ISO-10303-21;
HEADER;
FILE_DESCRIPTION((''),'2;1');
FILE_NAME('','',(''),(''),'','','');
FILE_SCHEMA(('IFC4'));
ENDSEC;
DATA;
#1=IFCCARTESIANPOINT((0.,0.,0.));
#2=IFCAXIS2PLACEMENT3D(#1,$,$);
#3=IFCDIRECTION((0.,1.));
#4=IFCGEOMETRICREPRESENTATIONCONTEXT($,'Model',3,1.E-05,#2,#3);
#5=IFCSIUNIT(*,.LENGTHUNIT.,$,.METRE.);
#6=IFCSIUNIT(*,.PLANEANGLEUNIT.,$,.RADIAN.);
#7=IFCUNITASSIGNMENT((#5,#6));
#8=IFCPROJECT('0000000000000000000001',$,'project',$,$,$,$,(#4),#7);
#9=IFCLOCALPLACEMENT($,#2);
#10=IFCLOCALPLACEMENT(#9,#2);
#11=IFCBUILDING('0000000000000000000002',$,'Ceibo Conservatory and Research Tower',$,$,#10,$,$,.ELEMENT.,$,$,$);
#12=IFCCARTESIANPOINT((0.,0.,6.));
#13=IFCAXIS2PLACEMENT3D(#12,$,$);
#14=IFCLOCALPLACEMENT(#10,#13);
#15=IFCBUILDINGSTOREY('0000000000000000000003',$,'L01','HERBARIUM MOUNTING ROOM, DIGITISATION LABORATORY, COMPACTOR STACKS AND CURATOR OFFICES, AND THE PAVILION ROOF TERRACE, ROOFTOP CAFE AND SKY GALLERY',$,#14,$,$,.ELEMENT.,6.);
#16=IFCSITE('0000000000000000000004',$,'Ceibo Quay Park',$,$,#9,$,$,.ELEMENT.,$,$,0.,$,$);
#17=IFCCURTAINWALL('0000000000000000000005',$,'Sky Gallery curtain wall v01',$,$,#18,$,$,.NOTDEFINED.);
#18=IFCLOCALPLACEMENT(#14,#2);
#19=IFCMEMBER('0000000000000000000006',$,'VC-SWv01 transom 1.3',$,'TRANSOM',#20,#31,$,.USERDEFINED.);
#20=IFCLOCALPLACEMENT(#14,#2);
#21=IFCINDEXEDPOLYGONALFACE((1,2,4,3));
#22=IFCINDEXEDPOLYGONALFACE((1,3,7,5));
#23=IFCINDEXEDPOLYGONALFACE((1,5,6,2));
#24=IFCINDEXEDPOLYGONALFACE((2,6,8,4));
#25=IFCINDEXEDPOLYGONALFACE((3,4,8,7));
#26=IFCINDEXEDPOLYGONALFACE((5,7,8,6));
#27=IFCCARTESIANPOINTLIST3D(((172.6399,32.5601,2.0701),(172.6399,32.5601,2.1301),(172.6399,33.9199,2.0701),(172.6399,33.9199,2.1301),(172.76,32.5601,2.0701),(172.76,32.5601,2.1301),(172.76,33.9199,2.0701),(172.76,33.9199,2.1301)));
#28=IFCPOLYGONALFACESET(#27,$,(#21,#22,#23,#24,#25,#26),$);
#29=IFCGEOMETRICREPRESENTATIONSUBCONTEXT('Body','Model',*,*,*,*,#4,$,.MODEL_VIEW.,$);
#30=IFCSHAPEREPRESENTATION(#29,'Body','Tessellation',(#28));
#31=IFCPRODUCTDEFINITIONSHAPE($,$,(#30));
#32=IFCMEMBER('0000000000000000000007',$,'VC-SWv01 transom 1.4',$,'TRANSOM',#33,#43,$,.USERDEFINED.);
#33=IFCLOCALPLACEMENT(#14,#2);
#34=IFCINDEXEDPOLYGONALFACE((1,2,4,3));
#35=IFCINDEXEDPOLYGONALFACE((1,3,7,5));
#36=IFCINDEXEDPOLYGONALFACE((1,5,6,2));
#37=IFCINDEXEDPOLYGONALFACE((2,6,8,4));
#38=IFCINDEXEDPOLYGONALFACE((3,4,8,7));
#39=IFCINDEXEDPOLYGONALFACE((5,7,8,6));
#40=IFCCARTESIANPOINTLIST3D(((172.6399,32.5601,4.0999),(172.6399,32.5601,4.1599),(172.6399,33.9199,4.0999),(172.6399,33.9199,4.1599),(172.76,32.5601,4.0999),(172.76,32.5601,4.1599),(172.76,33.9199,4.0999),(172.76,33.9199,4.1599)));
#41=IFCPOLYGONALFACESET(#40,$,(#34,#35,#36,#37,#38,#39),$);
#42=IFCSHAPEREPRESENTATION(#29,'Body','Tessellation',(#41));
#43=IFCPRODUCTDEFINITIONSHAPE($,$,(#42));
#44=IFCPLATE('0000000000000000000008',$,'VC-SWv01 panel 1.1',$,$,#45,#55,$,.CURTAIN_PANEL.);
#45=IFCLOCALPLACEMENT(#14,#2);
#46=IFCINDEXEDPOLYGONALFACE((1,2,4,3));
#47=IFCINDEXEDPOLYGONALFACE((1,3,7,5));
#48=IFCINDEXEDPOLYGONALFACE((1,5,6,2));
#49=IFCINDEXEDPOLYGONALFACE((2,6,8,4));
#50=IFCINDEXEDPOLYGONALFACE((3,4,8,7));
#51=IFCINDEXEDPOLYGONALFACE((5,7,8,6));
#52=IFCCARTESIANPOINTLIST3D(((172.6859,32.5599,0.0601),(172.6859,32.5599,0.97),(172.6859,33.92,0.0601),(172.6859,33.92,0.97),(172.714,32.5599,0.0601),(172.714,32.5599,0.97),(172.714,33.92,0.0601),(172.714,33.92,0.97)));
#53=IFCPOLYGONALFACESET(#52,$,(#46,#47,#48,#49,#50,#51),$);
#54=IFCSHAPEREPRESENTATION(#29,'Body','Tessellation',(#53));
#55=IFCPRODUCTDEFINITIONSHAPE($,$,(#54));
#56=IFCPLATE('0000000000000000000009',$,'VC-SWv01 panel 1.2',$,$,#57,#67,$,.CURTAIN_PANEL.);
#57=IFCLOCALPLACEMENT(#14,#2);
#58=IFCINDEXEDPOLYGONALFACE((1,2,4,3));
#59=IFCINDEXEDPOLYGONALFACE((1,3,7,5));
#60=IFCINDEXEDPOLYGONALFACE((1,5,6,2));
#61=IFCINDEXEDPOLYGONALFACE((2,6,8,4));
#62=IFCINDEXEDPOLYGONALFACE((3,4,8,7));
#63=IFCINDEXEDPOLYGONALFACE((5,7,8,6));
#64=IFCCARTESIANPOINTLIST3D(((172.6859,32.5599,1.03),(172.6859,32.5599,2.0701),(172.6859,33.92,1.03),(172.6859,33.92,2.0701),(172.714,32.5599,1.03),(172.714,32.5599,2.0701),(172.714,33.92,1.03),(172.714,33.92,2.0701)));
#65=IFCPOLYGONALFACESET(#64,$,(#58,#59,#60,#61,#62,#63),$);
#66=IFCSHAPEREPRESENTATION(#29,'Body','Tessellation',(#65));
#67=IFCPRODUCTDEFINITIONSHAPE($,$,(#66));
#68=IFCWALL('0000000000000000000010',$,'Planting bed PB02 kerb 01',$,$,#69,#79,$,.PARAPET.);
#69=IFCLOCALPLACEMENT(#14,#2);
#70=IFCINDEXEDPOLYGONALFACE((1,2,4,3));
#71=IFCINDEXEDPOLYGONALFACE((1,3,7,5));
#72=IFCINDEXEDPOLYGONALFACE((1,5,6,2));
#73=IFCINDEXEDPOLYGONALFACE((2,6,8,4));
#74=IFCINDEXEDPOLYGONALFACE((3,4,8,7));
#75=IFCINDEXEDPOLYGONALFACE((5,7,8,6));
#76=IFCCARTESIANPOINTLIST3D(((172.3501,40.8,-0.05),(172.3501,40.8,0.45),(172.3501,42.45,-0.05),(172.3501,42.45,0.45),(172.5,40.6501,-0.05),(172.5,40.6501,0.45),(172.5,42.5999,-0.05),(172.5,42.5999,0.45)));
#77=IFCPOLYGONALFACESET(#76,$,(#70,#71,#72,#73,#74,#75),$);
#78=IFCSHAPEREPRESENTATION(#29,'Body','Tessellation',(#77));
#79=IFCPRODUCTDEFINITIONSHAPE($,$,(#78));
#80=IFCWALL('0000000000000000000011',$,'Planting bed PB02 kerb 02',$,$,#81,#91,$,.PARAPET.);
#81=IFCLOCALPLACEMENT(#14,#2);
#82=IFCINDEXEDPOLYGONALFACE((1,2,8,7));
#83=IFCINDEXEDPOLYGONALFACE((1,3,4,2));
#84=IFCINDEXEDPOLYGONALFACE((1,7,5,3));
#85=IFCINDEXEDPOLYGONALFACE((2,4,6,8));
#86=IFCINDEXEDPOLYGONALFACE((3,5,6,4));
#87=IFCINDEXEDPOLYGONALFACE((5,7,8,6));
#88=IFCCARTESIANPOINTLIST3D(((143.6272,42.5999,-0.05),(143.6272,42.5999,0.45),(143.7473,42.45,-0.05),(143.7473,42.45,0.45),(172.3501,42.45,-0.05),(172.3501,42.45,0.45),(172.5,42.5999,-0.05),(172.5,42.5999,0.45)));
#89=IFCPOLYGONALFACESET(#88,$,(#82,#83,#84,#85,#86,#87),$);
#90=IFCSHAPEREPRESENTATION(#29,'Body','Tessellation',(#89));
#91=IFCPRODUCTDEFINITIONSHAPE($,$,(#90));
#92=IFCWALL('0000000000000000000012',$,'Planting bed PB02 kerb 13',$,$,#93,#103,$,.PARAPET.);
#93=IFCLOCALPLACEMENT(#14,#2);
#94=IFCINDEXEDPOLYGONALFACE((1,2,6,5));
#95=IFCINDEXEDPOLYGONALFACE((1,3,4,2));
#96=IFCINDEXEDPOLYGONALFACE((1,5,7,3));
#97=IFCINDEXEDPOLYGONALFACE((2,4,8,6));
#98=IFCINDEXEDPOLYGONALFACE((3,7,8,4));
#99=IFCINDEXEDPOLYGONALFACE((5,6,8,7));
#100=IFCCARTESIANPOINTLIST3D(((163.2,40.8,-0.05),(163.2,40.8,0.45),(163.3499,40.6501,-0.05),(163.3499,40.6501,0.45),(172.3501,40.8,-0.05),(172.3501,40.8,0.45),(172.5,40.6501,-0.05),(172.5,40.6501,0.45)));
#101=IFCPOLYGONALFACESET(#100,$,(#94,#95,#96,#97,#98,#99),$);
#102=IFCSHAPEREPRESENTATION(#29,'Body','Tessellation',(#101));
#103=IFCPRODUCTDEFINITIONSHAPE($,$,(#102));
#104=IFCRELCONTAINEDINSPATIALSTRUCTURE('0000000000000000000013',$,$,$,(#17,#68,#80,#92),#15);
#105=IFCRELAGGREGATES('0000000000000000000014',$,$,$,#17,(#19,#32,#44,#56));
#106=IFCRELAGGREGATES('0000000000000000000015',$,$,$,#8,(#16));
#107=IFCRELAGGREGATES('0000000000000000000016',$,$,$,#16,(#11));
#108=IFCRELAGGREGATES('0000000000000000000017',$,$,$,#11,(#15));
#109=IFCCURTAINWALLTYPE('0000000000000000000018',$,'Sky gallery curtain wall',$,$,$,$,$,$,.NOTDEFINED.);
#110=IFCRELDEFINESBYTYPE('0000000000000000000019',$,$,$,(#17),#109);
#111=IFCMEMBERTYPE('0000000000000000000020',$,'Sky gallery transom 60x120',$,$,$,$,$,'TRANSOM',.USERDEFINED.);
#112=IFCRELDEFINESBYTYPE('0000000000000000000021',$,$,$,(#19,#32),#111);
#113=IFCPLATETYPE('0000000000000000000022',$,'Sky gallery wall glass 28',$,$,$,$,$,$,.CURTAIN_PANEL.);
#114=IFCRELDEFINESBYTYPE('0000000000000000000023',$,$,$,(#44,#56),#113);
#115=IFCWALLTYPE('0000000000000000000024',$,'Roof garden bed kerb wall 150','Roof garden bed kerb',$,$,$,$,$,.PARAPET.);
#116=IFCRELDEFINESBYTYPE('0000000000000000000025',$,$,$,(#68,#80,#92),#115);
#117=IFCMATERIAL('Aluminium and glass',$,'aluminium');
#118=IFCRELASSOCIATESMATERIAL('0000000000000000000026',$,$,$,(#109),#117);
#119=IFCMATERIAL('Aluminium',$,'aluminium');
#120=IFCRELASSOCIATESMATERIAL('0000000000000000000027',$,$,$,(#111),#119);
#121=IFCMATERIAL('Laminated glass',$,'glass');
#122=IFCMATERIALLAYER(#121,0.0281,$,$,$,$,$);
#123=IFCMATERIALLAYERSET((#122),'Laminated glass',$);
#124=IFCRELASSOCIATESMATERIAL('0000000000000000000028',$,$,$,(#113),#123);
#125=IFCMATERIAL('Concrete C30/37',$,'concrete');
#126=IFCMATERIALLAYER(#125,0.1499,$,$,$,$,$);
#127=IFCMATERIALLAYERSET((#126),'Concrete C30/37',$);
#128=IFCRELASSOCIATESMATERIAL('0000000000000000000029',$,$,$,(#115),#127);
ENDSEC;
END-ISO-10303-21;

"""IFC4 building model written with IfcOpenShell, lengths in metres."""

from ifc_helpers import new_model, si_unit, direction, frame, origin, origin_2d, place, context, subcontext, project, spatial, polyline, rectangle, outline, extrude, material, layer, layer_set, material_profile, profile_set, type_object, element, aggregate, save


model = new_model("IFC4")

# Units and contexts
model_context = context("Model", 3, precision=1e-05, world=origin(), true_north=direction((0.0, 1.0)))
body_context = subcontext(model_context, "Body", "Model", "MODEL_VIEW")
ifc_project = project(units=[si_unit("LENGTHUNIT", "METRE"), si_unit("PLANEANGLEUNIT", "RADIAN")], contexts=[model_context])

# Site, building, storey
site_placement = place(None, origin())
site = spatial("IfcSite", under=ifc_project, at=site_placement, Name="Ceibo Quay Park", CompositionType="ELEMENT", RefElevation=0.0)
building_placement = place(site_placement, origin())
building = spatial("IfcBuilding", under=site, at=building_placement, Name="Ceibo Conservatory and Research Tower", CompositionType="ELEMENT")
storey_placement = place(building_placement, frame((0.0, 0.0, 6.0)))
storey = spatial("IfcBuildingStorey", under=building, at=storey_placement, Name="L01", Description="HERBARIUM MOUNTING ROOM, DIGITISATION LABORATORY, COMPACTOR STACKS AND CURATOR OFFICES, AND THE PAVILION ROOF TERRACE, ROOFTOP CAFE AND SKY GALLERY", CompositionType="ELEMENT", Elevation=6.0)

# Curtain wall, members, plates
ifc_material_1 = material(Name="Aluminium and glass", Category="aluminium")
curtain_wall_type = type_object("IfcCurtainWallType", Name="Sky gallery curtain wall", PredefinedType="NOTDEFINED", material=ifc_material_1)
curtain_wall_placement = place(storey_placement, origin())
curtain_wall = element("IfcCurtainWall", 1, at=curtain_wall_placement, inside=storey, type_object=curtain_wall_type, Name="Sky Gallery curtain wall v01", PredefinedType="NOTDEFINED")
ifc_material_2 = material(Name="Aluminium", Category="aluminium")
ifc_material_profile_1 = material_profile(ifc_material_2, rectangle(XDim=0.1201, YDim=0.0601, at=origin_2d()), Name="AL 60x120")
ifc_profile_set_1 = profile_set([ifc_material_profile_1], Name="Aluminium")
member_type_1 = type_object("IfcMemberType", Name="Sky gallery transom 60x120", ElementType="TRANSOM", PredefinedType="USERDEFINED", material=ifc_profile_set_1)
member_1_placement = place(storey_placement, frame((172.7, 32.5601, 2.1001), z_axis=(0.0, 1.0, 0.0), x_axis=(-1.0, 0.0, 0.0)))
member_1 = element("IfcMember", 2, at=member_1_placement, type_object=member_type_1, Name="VC-SWv01 transom 1.3", ObjectType="TRANSOM", PredefinedType="USERDEFINED", context=body_context, shape_type="SweptSolid", body=[
    extrude(rectangle(XDim=0.1201, YDim=0.0601, at=origin_2d()), origin(), (0.0, 0.0, 1.0), 1.3599),
])
member_2_placement = place(storey_placement, frame((172.7, 32.5601, 4.1299), z_axis=(0.0, 1.0, 0.0), x_axis=(-1.0, 0.0, 0.0)))
member_2 = element("IfcMember", 3, at=member_2_placement, type_object=member_type_1, Name="VC-SWv01 transom 1.4", ObjectType="TRANSOM", PredefinedType="USERDEFINED", context=body_context, shape_type="SweptSolid", body=[
    extrude(rectangle(XDim=0.1201, YDim=0.0601, at=origin_2d()), origin(), (0.0, 0.0, 1.0), 1.3599),
])
ifc_material_3 = material(Name="Laminated glass", Category="glass")
ifc_layer_1 = layer(ifc_material_3, 0.0281)
ifc_layer_set_1 = layer_set([ifc_layer_1], Name="Laminated glass")
plate_type = type_object("IfcPlateType", Name="Sky gallery wall glass 28", PredefinedType="CURTAIN_PANEL", material=ifc_layer_set_1)
plate_1_placement = place(storey_placement, frame((172.7, 33.24, 0.0601), z_axis=(0.0, 0.0, 1.0), x_axis=(0.0, 1.0, 0.0)))
plate_1 = element("IfcPlate", 4, at=plate_1_placement, type_object=plate_type, Name="VC-SWv01 panel 1.1", PredefinedType="CURTAIN_PANEL", context=body_context, shape_type="SweptSolid", body=[
    extrude(rectangle(XDim=1.3601, YDim=0.0281, at=origin_2d()), origin(), (0.0, 0.0, 1.0), 0.9099),
])
plate_2_placement = place(storey_placement, frame((172.7, 33.24, 1.03), z_axis=(0.0, 0.0, 1.0), x_axis=(0.0, 1.0, 0.0)))
plate_2 = element("IfcPlate", 5, at=plate_2_placement, type_object=plate_type, Name="VC-SWv01 panel 1.2", PredefinedType="CURTAIN_PANEL", context=body_context, shape_type="SweptSolid", body=[
    extrude(rectangle(XDim=1.3601, YDim=0.0281, at=origin_2d()), origin(), (0.0, 0.0, 1.0), 1.04),
])
aggregate(curtain_wall, [member_1, member_2, plate_1, plate_2])

# Walls
ifc_material_4 = material(Name="Concrete C30/37", Category="concrete")
ifc_layer_2 = layer(ifc_material_4, 0.1499)
ifc_layer_set_2 = layer_set([ifc_layer_2], Name="Concrete C30/37")
wall_type = type_object("IfcWallType", Name="Roof garden bed kerb wall 150", Description="Roof garden bed kerb", PredefinedType="PARAPET", material=ifc_layer_set_2)
wall_1_placement = place(storey_placement, frame((172.425, 40.7251, -0.05), z_axis=(0.0, 0.0, 1.0), x_axis=(0.0, 1.0, 0.0)))
element("IfcWall", 6, at=wall_1_placement, inside=storey, type_object=wall_type, Name="Planting bed PB02 kerb 01", PredefinedType="PARAPET", context=body_context, shape_type="SweptSolid", body=[
    extrude(outline(polyline([(-0.075, -0.075), (1.8748, -0.075), (1.7249, 0.075), (0.075, 0.075), (-0.075, -0.075)])), origin(), (0.0, 0.0, 1.0), 0.5),
])
wall_2_placement = place(storey_placement, frame((172.425, 42.5249, -0.05), z_axis=(0.0, 0.0, 1.0), x_axis=(-1.0, 0.0, 0.0)))
element("IfcWall", 7, at=wall_2_placement, inside=storey, type_object=wall_type, Name="Planting bed PB02 kerb 02", PredefinedType="PARAPET", context=body_context, shape_type="SweptSolid", body=[
    extrude(outline(polyline([(-0.075, -0.075), (28.7979, -0.075), (28.6777, 0.075), (0.075, 0.075), (-0.075, -0.075)])), origin(), (0.0, 0.0, 1.0), 0.5),
])
wall_3_placement = place(storey_placement, frame((163.2749, 40.7251, -0.05), z_axis=(0.0, 0.0, 1.0), x_axis=(1.0, 0.0, 0.0)))
element("IfcWall", 8, at=wall_3_placement, inside=storey, type_object=wall_type, Name="Planting bed PB02 kerb 13", PredefinedType="PARAPET", context=body_context, shape_type="SweptSolid", body=[
    extrude(outline(polyline([(0.075, -0.075), (9.2251, -0.075), (9.0752, 0.075), (-0.075, 0.075), (0.075, -0.075)])), origin(), (0.0, 0.0, 1.0), 0.5),
])

save(model, "model.ifc")
